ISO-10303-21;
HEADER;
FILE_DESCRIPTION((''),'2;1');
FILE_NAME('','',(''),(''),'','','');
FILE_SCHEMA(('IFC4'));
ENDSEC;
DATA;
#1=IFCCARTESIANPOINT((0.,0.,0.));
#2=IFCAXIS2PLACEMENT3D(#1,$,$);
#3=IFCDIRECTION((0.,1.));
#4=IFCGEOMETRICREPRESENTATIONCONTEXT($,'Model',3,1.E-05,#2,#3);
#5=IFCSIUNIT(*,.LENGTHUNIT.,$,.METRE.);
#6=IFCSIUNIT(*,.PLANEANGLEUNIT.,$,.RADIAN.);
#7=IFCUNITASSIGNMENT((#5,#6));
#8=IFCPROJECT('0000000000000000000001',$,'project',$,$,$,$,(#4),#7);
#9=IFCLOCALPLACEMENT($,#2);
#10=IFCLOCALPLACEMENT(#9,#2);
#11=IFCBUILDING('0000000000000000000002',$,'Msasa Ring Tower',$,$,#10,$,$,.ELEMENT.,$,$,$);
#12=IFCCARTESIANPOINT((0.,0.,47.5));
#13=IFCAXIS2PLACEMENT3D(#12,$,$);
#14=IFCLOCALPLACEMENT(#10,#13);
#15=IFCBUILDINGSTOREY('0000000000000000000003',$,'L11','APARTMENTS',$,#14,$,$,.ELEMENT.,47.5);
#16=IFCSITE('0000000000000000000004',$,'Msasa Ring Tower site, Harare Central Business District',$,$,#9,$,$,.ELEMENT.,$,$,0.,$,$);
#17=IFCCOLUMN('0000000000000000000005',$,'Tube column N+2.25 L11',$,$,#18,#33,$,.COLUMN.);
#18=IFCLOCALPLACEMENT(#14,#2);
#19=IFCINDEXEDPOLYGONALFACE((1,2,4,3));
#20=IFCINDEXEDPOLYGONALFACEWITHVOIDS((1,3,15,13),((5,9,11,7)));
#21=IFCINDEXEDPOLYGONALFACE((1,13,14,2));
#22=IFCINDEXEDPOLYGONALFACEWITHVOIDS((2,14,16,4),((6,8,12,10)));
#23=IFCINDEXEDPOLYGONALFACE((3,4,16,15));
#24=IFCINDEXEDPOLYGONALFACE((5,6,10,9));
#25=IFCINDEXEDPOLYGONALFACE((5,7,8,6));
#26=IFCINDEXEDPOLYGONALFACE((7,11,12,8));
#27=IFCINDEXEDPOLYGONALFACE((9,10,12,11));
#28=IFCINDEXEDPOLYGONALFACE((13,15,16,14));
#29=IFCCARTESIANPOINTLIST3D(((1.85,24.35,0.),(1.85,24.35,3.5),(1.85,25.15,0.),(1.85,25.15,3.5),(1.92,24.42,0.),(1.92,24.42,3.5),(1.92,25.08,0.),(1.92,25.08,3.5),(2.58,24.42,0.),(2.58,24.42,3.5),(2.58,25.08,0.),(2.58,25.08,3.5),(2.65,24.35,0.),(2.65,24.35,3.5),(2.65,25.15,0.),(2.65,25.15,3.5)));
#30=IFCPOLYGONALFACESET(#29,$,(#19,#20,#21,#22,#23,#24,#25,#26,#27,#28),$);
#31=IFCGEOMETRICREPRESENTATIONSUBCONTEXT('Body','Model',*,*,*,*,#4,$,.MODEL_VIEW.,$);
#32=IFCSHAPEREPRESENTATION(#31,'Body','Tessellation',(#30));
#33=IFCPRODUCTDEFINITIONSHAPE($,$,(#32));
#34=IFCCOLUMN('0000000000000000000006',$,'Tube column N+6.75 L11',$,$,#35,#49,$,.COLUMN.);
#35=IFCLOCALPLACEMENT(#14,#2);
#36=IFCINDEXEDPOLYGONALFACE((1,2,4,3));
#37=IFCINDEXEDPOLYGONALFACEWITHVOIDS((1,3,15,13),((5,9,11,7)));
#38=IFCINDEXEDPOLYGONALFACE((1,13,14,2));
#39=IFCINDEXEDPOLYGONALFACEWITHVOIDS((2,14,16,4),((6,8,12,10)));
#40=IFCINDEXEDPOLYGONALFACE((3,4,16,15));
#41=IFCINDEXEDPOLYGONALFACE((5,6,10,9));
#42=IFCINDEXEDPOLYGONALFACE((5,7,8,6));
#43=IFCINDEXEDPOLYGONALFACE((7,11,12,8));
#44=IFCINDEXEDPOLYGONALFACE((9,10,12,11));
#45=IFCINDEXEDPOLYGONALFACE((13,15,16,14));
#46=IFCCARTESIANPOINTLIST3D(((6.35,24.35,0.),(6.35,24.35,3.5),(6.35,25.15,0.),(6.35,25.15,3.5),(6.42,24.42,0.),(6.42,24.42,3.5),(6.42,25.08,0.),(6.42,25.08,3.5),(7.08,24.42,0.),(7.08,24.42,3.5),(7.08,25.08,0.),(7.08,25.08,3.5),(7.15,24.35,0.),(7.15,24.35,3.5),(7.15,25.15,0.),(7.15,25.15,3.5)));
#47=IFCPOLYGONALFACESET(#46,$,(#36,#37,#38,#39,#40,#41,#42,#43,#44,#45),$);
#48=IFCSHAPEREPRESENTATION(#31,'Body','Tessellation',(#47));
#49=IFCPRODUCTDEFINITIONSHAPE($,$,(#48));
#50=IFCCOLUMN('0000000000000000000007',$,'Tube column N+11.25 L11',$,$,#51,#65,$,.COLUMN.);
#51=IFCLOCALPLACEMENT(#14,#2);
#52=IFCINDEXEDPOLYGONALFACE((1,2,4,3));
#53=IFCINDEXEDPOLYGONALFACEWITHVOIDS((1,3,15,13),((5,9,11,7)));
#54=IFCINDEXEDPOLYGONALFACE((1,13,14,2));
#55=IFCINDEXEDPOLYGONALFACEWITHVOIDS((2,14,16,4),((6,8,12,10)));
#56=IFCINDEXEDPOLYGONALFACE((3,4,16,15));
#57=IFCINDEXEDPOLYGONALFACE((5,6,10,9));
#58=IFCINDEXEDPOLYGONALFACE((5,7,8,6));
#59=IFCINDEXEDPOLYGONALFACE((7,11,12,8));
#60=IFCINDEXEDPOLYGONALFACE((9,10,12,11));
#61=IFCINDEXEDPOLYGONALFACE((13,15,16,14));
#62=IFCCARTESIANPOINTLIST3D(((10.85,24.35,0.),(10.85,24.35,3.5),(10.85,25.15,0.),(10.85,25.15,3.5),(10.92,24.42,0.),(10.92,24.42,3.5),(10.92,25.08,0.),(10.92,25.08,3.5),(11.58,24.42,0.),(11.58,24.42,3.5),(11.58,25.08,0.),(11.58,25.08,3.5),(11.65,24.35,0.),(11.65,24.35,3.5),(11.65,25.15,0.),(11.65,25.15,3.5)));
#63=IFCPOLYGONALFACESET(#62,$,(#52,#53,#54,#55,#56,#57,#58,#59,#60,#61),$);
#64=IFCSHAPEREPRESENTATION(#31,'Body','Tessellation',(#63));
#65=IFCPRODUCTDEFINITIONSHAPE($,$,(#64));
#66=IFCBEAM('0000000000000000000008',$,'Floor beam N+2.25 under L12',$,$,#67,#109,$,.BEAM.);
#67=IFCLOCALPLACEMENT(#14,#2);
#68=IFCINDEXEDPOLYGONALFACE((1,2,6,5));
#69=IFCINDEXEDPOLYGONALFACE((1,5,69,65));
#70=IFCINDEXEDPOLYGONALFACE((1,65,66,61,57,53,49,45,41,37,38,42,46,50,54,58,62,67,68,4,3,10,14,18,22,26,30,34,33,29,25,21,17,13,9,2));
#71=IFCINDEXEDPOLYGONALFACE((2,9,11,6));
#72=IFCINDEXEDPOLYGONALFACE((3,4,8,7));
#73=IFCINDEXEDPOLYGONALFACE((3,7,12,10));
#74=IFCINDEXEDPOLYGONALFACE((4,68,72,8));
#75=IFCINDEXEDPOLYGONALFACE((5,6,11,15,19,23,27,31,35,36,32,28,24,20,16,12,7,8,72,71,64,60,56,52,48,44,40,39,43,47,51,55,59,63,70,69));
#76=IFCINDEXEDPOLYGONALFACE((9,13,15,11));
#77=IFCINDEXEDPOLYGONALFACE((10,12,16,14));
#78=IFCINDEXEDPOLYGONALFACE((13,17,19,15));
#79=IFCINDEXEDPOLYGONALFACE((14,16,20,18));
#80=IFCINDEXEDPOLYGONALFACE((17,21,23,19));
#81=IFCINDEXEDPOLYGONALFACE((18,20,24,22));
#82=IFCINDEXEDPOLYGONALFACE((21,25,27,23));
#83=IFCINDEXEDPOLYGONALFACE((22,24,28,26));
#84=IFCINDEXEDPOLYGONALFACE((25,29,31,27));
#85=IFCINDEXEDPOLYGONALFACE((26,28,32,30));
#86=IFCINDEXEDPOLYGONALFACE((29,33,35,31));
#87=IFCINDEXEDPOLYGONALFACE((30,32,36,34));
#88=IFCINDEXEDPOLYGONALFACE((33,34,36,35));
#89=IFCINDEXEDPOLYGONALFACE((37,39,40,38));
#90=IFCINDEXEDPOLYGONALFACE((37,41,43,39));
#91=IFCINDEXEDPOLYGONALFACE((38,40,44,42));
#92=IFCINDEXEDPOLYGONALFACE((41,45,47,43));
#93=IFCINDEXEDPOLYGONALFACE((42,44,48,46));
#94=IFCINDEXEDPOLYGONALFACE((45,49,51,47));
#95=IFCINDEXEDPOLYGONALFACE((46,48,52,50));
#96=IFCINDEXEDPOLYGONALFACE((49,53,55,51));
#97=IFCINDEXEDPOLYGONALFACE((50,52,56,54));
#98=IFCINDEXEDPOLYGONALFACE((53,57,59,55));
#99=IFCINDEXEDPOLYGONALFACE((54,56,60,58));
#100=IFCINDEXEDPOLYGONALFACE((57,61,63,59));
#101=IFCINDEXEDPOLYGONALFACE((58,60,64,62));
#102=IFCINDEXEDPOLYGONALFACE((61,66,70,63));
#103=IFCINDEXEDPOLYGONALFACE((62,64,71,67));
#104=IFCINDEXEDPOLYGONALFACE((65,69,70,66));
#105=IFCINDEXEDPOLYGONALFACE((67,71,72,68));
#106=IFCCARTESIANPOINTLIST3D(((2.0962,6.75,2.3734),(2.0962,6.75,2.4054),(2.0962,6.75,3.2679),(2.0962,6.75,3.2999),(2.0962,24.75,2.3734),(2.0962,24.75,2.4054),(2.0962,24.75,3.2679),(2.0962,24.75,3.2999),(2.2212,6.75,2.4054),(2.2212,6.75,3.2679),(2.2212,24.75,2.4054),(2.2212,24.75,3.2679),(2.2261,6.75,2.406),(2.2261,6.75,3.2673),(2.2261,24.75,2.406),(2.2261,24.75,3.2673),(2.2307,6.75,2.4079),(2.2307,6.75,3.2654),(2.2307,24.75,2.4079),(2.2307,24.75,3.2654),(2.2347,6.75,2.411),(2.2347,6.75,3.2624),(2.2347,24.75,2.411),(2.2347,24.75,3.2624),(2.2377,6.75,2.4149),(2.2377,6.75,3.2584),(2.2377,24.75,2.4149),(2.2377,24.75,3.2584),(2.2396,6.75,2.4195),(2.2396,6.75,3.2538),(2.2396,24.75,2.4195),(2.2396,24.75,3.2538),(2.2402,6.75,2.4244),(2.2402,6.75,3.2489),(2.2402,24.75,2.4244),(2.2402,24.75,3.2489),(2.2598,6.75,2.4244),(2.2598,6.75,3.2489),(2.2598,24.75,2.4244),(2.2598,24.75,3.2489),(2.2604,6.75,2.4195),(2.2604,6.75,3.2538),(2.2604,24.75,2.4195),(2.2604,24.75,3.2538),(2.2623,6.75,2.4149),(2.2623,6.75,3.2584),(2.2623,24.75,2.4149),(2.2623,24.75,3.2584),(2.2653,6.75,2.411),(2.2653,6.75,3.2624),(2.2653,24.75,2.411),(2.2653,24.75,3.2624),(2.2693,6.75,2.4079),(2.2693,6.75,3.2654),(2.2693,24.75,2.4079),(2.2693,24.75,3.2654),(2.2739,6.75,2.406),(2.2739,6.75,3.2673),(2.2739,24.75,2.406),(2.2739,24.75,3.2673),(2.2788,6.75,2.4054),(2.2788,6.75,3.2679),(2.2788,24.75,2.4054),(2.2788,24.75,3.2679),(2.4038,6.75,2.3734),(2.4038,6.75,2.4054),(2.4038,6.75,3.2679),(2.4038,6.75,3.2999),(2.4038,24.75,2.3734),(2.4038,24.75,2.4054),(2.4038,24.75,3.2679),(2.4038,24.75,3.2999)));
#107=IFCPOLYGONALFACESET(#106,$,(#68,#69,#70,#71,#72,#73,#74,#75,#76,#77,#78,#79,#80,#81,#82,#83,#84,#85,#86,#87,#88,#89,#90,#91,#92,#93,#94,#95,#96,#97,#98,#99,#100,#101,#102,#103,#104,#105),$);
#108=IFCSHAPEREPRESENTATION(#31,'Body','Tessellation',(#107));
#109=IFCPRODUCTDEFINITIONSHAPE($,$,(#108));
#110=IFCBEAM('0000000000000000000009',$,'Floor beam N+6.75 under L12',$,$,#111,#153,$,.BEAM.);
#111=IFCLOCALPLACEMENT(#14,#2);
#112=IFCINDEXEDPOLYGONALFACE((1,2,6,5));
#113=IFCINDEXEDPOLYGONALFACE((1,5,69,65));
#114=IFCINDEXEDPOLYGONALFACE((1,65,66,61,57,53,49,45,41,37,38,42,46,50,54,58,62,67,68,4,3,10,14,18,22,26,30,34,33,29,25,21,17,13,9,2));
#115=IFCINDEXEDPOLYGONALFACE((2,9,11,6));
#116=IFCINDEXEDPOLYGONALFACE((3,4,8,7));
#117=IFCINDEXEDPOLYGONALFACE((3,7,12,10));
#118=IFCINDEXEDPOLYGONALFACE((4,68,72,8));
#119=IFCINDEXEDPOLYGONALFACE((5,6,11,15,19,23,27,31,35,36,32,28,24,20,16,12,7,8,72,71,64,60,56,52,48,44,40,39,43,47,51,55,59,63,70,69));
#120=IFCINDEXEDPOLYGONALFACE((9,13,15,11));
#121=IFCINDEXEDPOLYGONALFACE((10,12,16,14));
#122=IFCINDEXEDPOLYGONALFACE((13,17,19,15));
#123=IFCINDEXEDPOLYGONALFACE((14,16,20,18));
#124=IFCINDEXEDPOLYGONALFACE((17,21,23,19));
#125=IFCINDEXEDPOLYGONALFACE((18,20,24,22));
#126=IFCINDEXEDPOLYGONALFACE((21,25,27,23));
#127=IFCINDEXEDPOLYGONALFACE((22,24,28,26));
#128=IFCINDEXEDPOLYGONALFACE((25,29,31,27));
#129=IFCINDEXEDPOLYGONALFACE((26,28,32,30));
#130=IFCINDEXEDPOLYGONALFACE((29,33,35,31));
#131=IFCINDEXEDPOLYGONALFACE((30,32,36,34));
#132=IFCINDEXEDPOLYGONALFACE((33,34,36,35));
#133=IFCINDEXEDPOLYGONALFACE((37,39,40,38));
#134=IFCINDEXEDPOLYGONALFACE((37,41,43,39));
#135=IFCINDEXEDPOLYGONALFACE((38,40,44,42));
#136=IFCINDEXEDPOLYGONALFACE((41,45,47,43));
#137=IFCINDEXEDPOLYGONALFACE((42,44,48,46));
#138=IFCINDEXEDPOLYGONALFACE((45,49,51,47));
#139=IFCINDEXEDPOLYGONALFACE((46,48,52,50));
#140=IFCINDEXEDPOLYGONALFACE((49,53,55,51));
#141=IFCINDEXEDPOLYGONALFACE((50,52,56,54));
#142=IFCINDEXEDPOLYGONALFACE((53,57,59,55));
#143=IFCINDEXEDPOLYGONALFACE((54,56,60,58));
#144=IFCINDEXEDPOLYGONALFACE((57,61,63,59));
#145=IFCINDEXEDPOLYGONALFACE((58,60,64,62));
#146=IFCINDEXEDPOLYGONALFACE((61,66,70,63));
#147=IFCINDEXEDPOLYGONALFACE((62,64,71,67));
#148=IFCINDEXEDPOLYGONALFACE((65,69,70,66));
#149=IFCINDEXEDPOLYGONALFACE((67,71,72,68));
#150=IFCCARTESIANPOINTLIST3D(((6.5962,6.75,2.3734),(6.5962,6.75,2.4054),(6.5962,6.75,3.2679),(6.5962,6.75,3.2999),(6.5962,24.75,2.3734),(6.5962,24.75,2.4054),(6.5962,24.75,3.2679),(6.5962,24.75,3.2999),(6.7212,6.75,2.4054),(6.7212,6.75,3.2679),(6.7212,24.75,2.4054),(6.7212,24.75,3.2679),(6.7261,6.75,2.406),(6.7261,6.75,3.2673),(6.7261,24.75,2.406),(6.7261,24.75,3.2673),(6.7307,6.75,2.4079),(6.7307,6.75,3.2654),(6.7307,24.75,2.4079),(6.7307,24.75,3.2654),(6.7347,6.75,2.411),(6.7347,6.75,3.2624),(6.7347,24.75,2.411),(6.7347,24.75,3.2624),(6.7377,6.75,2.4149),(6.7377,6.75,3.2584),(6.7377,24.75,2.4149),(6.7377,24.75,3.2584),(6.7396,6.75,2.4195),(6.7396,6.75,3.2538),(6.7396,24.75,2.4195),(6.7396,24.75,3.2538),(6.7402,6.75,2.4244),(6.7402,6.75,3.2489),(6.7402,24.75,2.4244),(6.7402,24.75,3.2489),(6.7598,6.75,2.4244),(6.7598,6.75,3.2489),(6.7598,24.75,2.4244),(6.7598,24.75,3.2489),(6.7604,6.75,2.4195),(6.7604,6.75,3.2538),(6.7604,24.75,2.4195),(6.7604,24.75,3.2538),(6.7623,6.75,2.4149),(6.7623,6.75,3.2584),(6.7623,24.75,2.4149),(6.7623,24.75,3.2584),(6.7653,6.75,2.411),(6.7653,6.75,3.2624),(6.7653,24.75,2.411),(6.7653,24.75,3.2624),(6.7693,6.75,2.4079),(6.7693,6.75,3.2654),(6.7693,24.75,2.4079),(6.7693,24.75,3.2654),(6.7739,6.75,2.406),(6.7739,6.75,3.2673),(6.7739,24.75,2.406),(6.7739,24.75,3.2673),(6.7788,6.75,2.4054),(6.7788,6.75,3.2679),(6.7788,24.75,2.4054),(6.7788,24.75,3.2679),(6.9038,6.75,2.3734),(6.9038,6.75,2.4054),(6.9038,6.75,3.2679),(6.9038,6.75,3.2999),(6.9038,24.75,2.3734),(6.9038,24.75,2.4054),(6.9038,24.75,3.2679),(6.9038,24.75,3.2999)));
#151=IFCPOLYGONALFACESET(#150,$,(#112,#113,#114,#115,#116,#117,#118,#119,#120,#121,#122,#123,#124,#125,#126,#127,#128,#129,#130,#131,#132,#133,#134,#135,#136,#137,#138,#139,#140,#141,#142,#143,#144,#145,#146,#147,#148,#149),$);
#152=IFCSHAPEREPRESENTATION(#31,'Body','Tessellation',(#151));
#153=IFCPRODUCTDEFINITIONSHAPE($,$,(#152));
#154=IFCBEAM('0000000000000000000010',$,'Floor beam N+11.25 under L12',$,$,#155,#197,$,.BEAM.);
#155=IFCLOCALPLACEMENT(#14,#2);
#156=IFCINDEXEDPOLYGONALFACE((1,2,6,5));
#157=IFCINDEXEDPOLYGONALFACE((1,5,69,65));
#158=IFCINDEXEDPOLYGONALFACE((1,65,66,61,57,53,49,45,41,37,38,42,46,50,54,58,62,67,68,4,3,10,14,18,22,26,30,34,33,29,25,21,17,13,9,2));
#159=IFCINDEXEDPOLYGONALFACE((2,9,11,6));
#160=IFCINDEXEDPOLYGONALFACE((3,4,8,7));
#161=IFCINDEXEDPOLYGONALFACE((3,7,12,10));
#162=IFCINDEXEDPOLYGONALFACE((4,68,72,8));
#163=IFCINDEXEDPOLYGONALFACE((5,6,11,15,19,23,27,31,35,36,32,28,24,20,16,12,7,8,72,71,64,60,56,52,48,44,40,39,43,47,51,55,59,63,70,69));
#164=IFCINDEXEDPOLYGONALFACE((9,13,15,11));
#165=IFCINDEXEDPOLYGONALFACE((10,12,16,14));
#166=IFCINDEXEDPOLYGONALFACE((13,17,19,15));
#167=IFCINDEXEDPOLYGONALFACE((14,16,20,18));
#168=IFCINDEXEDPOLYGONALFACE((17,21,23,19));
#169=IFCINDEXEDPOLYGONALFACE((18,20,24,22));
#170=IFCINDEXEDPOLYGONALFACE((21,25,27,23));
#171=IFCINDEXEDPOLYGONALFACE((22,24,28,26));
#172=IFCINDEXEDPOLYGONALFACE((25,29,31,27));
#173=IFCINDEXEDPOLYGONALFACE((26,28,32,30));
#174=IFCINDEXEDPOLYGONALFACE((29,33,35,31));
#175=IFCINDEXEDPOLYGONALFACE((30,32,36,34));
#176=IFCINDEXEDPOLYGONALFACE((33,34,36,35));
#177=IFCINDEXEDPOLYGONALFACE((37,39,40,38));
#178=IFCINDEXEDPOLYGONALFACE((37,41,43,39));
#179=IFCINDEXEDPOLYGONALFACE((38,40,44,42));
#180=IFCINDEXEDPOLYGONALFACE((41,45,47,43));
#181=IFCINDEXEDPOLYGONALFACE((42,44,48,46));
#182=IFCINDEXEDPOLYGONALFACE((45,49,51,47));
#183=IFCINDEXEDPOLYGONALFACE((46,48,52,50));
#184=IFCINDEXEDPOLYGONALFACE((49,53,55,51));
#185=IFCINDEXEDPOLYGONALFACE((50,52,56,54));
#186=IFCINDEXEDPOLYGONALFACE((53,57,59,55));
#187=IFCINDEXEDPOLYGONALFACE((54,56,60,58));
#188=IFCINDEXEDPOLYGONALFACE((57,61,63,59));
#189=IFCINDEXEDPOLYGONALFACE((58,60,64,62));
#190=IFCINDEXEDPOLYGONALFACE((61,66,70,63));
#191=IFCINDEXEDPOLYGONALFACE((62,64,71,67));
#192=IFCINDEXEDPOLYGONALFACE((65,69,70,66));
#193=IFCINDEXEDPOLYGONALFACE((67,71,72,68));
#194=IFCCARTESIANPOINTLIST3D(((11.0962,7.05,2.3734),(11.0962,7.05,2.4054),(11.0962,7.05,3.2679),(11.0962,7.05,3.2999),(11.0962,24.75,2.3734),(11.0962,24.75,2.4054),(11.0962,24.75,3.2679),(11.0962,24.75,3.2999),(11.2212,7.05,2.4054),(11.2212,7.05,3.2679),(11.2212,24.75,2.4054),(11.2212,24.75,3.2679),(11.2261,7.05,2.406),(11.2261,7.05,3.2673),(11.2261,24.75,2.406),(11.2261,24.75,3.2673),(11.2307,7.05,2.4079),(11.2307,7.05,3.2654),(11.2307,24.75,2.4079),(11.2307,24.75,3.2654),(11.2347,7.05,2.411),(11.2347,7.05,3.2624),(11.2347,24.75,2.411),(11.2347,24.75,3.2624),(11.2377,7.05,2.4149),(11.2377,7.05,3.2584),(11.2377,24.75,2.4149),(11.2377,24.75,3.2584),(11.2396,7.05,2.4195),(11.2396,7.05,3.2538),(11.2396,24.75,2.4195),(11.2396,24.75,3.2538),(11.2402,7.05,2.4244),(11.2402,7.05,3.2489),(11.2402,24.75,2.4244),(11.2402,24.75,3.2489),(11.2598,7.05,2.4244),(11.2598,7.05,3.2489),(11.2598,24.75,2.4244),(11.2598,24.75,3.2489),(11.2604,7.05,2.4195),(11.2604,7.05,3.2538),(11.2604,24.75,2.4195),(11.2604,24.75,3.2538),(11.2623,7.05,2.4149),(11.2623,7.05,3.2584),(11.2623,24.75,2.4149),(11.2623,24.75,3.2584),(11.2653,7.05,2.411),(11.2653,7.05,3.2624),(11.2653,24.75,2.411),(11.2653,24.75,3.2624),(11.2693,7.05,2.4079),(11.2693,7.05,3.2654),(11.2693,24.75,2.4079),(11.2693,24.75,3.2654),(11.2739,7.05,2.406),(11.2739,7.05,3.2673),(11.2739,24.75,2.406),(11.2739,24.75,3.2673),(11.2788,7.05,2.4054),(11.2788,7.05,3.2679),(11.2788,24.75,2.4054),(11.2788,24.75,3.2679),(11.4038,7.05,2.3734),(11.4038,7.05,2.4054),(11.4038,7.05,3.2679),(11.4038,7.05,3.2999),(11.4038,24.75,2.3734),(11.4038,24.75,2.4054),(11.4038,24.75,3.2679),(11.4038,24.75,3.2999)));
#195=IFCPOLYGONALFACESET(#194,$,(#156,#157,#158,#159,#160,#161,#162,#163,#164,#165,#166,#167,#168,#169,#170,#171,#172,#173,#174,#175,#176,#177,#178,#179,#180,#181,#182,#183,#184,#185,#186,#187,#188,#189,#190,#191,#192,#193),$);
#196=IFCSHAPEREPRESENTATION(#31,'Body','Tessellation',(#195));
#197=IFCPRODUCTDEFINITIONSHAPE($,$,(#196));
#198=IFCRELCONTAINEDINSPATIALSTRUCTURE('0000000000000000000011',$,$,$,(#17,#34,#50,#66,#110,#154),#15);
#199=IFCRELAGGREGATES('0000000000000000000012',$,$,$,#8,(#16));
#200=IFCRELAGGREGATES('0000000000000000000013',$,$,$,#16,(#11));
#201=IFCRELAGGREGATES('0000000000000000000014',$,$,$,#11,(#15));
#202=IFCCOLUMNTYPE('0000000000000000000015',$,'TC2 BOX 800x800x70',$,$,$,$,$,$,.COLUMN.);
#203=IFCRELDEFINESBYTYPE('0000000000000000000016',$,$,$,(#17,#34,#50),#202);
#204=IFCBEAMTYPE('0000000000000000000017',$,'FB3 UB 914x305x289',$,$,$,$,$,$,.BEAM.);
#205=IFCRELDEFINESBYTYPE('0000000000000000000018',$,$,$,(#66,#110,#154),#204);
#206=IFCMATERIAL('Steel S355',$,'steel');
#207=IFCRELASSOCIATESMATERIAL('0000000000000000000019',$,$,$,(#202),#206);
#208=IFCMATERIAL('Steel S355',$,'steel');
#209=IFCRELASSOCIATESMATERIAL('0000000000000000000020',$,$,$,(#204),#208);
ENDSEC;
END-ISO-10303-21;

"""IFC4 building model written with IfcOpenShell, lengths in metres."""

from ifc_helpers import new_model, si_unit, direction, frame, origin, origin_2d, place, context, subcontext, project, spatial, hollow_rectangle, i_section, extrude, material, material_profile, profile_set, type_object, element, save


model = new_model("IFC4")

# Units and contexts
model_context = context("Model", 3, precision=1e-05, world=origin(), true_north=direction((0.0, 1.0)))
body_context = subcontext(model_context, "Body", "Model", "MODEL_VIEW")
ifc_project = project(units=[si_unit("LENGTHUNIT", "METRE"), si_unit("PLANEANGLEUNIT", "RADIAN")], contexts=[model_context])

# Site, building, storey
site_placement = place(None, origin())
site = spatial("IfcSite", under=ifc_project, at=site_placement, Name="Msasa Ring Tower site, Harare Central Business District", CompositionType="ELEMENT", RefElevation=0.0)
building_placement = place(site_placement, origin())
building = spatial("IfcBuilding", under=site, at=building_placement, Name="Msasa Ring Tower", CompositionType="ELEMENT")
storey_placement = place(building_placement, frame((0.0, 0.0, 47.5)))
storey = spatial("IfcBuildingStorey", under=building, at=storey_placement, Name="L11", Description="APARTMENTS", CompositionType="ELEMENT", Elevation=47.5)

# Columns
ifc_material_1 = material(Name="Steel S355", Category="steel")
ifc_material_profile_1 = material_profile(ifc_material_1, hollow_rectangle(XDim=0.8, YDim=0.8, WallThickness=0.0701, at=origin_2d()), Name="BOX 800x800x70")
ifc_profile_set_1 = profile_set([ifc_material_profile_1], Name="Steel S355")
column_type = type_object("IfcColumnType", Name="TC2 BOX 800x800x70", PredefinedType="COLUMN", material=ifc_profile_set_1)
for number, where, z_axis, x_axis, name in (
    (1, (2.25, 24.75, 0.0), (0.0, 0.0, 1.0), (0.0, 1.0, 0.0), "Tube column N+2.25 L11"),
    (2, (6.75, 24.75, 0.0), (0.0, 0.0, 1.0), (0.0, 1.0, 0.0), "Tube column N+6.75 L11"),
    (3, (11.25, 24.75, 0.0), (0.0, 0.0, 1.0), (0.0, 1.0, 0.0), "Tube column N+11.25 L11"),
):
    element("IfcColumn", number, at=place(storey_placement, frame(where, z_axis=z_axis, x_axis=x_axis)), inside=storey, type_object=column_type, Name=name, PredefinedType="COLUMN", context=body_context, shape_type="SweptSolid", body=[
        extrude(hollow_rectangle(XDim=0.8, YDim=0.8, WallThickness=0.0701, at=origin_2d()), origin(), (0.0, 0.0, 1.0), 3.5),
    ])

# Beams
ifc_material_2 = material(Name="Steel S355", Category="steel")
ifc_material_profile_2 = material_profile(ifc_material_2, i_section(OverallWidth=0.3076, OverallDepth=0.9265, WebThickness=0.0195, FlangeThickness=0.032, FilletRadius=0.019, at=origin_2d()), Name="UB 914x305x289")
ifc_profile_set_2 = profile_set([ifc_material_profile_2], Name="Steel S355")
beam_type_1 = type_object("IfcBeamType", Name="FB3 UB 914x305x289", PredefinedType="BEAM", material=ifc_profile_set_2)
for number, where, z_axis, x_axis, name in (
    (4, (2.25, 24.75, 2.8367), (0.0, -1.0, 0.0), (1.0, 0.0, 0.0), "Floor beam N+2.25 under L12"),
    (5, (6.75, 24.75, 2.8367), (0.0, -1.0, 0.0), (1.0, 0.0, 0.0), "Floor beam N+6.75 under L12"),
):
    element("IfcBeam", number, at=place(storey_placement, frame(where, z_axis=z_axis, x_axis=x_axis)), inside=storey, type_object=beam_type_1, Name=name, PredefinedType="BEAM", context=body_context, shape_type="SweptSolid", body=[
        extrude(i_section(OverallWidth=0.3076, OverallDepth=0.9265, WebThickness=0.0195, FlangeThickness=0.032, FilletRadius=0.019, at=origin_2d()), origin(), (0.0, 0.0, 1.0), 18.0),
    ])
beam_placement = place(storey_placement, frame((11.25, 24.75, 2.8367), z_axis=(0.0, -1.0, 0.0), x_axis=(1.0, 0.0, 0.0)))
element("IfcBeam", 6, at=beam_placement, inside=storey, type_object=beam_type_1, Name="Floor beam N+11.25 under L12", PredefinedType="BEAM", context=body_context, shape_type="SweptSolid", body=[
    extrude(i_section(OverallWidth=0.3076, OverallDepth=0.9265, WebThickness=0.0195, FlangeThickness=0.032, FilletRadius=0.019, at=origin_2d()), origin(), (0.0, 0.0, 1.0), 17.7),
])

save(model, "model.ifc")
